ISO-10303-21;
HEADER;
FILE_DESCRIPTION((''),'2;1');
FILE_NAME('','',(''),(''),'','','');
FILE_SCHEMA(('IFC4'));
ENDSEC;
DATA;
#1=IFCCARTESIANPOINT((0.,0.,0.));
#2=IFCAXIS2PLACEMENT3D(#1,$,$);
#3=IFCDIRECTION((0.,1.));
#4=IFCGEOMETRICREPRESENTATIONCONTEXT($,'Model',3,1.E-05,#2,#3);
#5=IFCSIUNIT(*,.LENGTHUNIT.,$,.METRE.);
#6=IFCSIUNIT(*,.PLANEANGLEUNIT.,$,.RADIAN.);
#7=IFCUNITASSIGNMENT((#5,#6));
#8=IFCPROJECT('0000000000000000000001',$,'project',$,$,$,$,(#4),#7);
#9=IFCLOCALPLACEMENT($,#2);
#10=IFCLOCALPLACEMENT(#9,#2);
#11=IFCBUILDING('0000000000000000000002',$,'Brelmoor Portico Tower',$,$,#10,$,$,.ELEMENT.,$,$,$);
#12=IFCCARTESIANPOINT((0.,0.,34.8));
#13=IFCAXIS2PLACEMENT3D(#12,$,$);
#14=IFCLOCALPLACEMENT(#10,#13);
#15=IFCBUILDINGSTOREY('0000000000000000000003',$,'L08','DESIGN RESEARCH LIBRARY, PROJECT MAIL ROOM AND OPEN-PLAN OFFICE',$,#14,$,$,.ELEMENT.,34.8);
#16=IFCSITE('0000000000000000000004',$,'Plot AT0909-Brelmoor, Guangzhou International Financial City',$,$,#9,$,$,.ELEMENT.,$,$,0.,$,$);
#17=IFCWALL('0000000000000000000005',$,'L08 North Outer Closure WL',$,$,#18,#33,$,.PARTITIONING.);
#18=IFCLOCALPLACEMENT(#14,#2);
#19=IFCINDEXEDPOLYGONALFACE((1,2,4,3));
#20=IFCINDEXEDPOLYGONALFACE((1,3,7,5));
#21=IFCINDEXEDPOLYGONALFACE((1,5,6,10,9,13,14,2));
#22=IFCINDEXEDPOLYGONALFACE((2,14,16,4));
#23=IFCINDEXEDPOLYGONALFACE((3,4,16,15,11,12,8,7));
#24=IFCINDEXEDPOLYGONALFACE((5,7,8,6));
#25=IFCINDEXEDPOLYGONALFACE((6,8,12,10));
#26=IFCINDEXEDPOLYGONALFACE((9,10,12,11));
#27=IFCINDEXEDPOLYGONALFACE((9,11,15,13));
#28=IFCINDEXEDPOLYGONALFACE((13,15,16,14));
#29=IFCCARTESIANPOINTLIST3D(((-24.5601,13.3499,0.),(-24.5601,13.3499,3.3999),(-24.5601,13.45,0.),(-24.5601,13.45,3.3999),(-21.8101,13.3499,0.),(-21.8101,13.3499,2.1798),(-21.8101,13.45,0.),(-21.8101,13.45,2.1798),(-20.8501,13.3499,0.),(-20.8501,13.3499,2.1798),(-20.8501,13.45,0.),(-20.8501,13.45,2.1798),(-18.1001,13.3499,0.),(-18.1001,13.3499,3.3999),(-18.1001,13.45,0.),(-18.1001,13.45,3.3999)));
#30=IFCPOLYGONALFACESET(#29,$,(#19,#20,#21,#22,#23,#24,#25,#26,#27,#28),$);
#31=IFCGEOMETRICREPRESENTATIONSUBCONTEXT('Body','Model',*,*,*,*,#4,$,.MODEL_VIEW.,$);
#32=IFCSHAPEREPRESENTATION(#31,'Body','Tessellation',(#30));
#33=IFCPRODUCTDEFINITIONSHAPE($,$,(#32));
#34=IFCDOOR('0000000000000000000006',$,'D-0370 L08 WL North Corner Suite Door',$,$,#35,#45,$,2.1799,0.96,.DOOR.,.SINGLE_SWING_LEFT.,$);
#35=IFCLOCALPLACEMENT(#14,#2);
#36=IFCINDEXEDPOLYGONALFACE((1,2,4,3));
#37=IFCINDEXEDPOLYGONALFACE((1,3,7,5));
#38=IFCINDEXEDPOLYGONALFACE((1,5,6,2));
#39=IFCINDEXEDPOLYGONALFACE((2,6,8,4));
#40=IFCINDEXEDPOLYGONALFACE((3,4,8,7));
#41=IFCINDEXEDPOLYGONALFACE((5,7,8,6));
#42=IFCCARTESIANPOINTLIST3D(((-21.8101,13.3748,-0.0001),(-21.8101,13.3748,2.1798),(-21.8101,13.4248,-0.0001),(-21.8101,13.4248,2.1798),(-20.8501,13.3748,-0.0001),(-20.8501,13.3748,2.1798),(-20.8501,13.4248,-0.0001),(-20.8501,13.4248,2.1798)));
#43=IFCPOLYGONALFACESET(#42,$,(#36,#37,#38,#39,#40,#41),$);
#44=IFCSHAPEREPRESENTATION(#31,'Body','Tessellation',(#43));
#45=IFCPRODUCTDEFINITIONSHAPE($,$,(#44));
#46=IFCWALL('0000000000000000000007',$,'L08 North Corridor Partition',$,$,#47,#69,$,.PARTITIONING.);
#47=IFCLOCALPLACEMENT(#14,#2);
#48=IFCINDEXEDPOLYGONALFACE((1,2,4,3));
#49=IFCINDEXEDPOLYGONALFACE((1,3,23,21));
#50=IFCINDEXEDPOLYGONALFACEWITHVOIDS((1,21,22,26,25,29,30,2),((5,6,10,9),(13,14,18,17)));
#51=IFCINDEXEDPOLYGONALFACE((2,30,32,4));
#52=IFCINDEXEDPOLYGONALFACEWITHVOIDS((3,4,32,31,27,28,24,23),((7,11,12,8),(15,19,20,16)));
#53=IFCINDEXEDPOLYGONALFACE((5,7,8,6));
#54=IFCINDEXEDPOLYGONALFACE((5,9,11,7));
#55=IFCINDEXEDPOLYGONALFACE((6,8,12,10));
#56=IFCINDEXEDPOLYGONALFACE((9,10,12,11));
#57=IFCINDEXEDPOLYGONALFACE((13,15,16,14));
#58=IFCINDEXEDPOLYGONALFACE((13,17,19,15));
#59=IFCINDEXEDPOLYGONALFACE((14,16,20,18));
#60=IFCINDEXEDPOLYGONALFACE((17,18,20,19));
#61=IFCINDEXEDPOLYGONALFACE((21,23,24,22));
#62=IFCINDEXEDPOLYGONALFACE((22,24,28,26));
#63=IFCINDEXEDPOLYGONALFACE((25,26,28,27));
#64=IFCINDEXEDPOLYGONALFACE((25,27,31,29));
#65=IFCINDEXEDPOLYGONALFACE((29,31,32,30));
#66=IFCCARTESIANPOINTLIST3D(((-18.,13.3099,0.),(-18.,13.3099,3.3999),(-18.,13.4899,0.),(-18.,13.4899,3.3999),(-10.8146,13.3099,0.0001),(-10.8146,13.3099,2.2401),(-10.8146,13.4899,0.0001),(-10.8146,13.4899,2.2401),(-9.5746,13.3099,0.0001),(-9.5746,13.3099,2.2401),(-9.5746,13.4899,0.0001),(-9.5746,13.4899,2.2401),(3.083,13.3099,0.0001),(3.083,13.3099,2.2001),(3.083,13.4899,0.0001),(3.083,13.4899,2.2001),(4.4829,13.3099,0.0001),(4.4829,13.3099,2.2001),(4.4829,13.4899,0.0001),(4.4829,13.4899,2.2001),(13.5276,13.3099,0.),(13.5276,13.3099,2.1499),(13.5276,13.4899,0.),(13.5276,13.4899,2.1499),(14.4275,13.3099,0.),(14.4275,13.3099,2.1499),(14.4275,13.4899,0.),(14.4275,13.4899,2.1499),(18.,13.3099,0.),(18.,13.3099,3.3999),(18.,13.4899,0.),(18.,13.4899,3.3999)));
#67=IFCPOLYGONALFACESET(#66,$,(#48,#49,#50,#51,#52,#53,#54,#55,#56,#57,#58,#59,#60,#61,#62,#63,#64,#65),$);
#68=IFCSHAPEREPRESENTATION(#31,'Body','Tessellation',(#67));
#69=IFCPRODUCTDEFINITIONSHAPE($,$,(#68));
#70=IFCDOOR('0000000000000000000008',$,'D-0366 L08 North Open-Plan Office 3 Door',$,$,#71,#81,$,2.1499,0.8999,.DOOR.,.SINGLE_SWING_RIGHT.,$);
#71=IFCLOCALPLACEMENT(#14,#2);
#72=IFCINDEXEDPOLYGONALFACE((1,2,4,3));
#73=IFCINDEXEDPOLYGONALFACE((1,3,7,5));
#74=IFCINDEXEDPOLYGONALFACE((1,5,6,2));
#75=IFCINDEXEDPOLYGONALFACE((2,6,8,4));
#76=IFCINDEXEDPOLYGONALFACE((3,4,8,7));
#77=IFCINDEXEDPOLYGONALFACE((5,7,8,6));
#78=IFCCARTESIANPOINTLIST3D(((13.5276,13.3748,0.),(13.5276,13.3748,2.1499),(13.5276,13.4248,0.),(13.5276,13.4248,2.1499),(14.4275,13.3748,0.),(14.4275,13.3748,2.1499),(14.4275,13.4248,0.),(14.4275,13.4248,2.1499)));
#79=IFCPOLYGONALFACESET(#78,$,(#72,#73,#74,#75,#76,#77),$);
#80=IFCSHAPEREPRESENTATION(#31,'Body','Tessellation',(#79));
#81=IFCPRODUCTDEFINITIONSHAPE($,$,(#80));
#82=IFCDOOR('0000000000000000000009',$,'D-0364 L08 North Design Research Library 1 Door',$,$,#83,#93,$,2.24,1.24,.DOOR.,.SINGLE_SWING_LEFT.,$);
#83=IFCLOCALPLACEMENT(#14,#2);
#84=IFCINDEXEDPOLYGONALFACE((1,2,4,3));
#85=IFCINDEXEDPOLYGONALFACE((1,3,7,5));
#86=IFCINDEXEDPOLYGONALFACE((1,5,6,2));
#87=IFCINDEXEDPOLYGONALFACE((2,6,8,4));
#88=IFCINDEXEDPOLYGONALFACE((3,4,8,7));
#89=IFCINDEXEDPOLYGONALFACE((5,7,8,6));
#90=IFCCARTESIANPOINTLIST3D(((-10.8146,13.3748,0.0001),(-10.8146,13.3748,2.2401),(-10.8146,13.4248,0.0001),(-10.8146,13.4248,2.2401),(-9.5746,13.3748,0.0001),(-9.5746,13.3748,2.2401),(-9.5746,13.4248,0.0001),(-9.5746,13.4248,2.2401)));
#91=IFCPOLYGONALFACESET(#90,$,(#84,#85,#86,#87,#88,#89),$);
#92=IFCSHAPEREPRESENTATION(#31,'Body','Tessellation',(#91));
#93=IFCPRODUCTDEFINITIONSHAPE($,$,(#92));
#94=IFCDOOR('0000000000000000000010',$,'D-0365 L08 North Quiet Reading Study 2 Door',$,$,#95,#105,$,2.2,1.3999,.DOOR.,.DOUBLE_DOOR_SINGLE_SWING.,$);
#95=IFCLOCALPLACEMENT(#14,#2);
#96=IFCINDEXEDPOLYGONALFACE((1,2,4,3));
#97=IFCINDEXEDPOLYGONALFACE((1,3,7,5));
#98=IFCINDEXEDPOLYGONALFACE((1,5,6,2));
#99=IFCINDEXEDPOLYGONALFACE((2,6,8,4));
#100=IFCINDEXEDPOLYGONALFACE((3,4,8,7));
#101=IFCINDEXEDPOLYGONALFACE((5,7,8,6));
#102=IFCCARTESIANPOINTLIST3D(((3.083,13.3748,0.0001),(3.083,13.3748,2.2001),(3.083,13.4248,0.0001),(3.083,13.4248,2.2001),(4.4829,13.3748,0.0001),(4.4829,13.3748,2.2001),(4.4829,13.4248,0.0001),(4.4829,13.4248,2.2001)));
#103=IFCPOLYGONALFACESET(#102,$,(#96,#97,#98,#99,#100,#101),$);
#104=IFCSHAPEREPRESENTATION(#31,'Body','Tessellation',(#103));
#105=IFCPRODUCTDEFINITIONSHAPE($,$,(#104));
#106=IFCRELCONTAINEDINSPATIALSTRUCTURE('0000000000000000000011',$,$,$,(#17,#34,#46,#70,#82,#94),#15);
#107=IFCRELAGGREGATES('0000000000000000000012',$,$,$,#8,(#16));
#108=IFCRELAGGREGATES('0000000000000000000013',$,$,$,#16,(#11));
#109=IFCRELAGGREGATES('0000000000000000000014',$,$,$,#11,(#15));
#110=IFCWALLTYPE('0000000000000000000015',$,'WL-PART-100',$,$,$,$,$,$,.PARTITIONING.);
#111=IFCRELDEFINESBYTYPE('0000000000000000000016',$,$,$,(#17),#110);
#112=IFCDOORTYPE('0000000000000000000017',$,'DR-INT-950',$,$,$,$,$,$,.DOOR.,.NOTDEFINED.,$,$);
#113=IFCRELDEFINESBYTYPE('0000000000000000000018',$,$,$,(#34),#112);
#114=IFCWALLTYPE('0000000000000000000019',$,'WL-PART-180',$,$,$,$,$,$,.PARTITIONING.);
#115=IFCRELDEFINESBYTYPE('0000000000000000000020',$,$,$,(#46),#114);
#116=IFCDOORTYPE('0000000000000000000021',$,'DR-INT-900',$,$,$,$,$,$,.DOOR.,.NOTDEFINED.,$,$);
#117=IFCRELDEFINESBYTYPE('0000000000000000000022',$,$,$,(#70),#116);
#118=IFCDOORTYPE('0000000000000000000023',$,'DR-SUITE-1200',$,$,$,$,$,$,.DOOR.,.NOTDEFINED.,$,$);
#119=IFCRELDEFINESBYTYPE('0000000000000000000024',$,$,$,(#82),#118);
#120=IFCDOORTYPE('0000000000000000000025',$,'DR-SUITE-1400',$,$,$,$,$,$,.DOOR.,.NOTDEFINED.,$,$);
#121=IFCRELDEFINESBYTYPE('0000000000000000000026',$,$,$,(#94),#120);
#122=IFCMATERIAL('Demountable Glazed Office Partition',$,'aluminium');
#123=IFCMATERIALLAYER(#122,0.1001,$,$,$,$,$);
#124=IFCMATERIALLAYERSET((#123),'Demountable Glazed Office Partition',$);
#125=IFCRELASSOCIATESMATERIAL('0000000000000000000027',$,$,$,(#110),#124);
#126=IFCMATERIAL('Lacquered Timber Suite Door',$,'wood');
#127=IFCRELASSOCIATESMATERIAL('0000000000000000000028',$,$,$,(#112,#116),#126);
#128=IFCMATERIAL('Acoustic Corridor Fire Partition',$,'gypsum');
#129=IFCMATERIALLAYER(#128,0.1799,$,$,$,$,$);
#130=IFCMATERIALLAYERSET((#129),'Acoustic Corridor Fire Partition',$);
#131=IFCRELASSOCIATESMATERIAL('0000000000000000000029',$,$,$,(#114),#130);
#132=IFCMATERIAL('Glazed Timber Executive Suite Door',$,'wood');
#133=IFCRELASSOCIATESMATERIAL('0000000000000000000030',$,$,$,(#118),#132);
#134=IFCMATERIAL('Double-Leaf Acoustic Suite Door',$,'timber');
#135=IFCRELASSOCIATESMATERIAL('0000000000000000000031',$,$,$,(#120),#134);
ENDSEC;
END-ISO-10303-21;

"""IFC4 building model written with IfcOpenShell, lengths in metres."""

from ifc_helpers import new_model, si_unit, direction, frame, frame_2d, origin, place, context, subcontext, project, spatial, rectangle, extrude, material, layer, layer_set, type_object, element, fill, save


model = new_model("IFC4")

# Units and contexts
model_context = context("Model", 3, precision=1e-05, world=origin(), true_north=direction((0.0, 1.0)))
body_context = subcontext(model_context, "Body", "Model", "MODEL_VIEW")
ifc_project = project(units=[si_unit("LENGTHUNIT", "METRE"), si_unit("PLANEANGLEUNIT", "RADIAN")], contexts=[model_context])

# Site, building, storey
site_placement = place(None, origin())
site = spatial("IfcSite", under=ifc_project, at=site_placement, Name="Plot AT0909-Brelmoor, Guangzhou International Financial City", CompositionType="ELEMENT", RefElevation=0.0)
building_placement = place(site_placement, origin())
building = spatial("IfcBuilding", under=site, at=building_placement, Name="Brelmoor Portico Tower", CompositionType="ELEMENT")
storey_placement = place(building_placement, frame((0.0, 0.0, 34.8)))
storey = spatial("IfcBuildingStorey", under=building, at=storey_placement, Name="L08", Description="DESIGN RESEARCH LIBRARY, PROJECT MAIL ROOM AND OPEN-PLAN OFFICE", CompositionType="ELEMENT", Elevation=34.8)

# Wall, opening, door
ifc_material_1 = material(Name="Demountable Glazed Office Partition", Category="aluminium")
ifc_layer_1 = layer(ifc_material_1, 0.1001)
ifc_layer_set_1 = layer_set([ifc_layer_1], Name="Demountable Glazed Office Partition")
wall_type_1 = type_object("IfcWallType", Name="WL-PART-100", PredefinedType="PARTITIONING", material=ifc_layer_set_1)
wall_1_placement = place(storey_placement, frame((-24.5601, 13.3999, 0.0), z_axis=(0.0, 0.0, 1.0), x_axis=(1.0, 0.0, 0.0)))
wall_1 = element("IfcWall", 1, at=wall_1_placement, inside=storey, type_object=wall_type_1, Name="L08 North Outer Closure WL", PredefinedType="PARTITIONING", context=body_context, shape_type="SweptSolid", body=[
    extrude(rectangle(XDim=6.46, YDim=0.1001, at=frame_2d((3.23, 0.0))), origin(), (0.0, 0.0, 1.0), 3.3999),
])
opening_1_placement = place(wall_1_placement, frame((2.75, 0.0, 0.0)))
opening_1 = element("IfcOpeningElement", 2, at=opening_1_placement, cuts=wall_1, PredefinedType="OPENING", context=body_context, shape_type="SweptSolid", body=[
    extrude(rectangle(XDim=0.96, YDim=2.1799, at=frame_2d((0.48, 1.0898))), frame((0.0, 0.0601, 0.0), z_axis=(0.0, -1.0, 0.0), x_axis=(1.0, 0.0, 0.0)), (0.0, 0.0, 1.0), 0.1201),
])
ifc_material_2 = material(Name="Lacquered Timber Suite Door", Category="wood")
door_type_1 = type_object("IfcDoorType", Name="DR-INT-950", OperationType="NOTDEFINED", PredefinedType="DOOR", material=ifc_material_2)
door_1_placement = place(opening_1_placement, origin())
door_1 = element("IfcDoor", 3, at=door_1_placement, inside=storey, type_object=door_type_1, Name="D-0370 L08 WL North Corner Suite Door", OperationType="SINGLE_SWING_LEFT", OverallHeight=2.1799, OverallWidth=0.96, PredefinedType="DOOR", context=body_context, shape_type="SweptSolid", body=[
    extrude(rectangle(XDim=0.96, YDim=2.1799, at=frame_2d((0.48, 1.0898))), frame((0.0, 0.0249, 0.0), z_axis=(0.0, -1.0, 0.0), x_axis=(1.0, 0.0, 0.0)), (0.0, 0.0, 1.0), 0.05),
])
fill(opening_1, door_1)

# Wall, openings, doors
ifc_material_3 = material(Name="Acoustic Corridor Fire Partition", Category="gypsum")
ifc_layer_2 = layer(ifc_material_3, 0.1799)
ifc_layer_set_2 = layer_set([ifc_layer_2], Name="Acoustic Corridor Fire Partition")
wall_type_2 = type_object("IfcWallType", Name="WL-PART-180", PredefinedType="PARTITIONING", material=ifc_layer_set_2)
wall_2_placement = place(storey_placement, frame((-18.0, 13.3999, 0.0), z_axis=(0.0, 0.0, 1.0), x_axis=(1.0, 0.0, 0.0)))
wall_2 = element("IfcWall", 4, at=wall_2_placement, inside=storey, type_object=wall_type_2, Name="L08 North Corridor Partition", PredefinedType="PARTITIONING", context=body_context, shape_type="SweptSolid", body=[
    extrude(rectangle(XDim=36.0, YDim=0.1799, at=frame_2d((18.0, 0.0))), origin(), (0.0, 0.0, 1.0), 3.3999),
])
opening_2_placement = place(wall_2_placement, frame((7.1853, 0.0, 0.0)))
opening_2 = element("IfcOpeningElement", 5, at=opening_2_placement, cuts=wall_2, PredefinedType="OPENING", context=body_context, shape_type="SweptSolid", body=[
    extrude(rectangle(XDim=1.24, YDim=2.24, at=frame_2d((0.6201, 1.1201))), frame((0.0, 0.0999, 0.0), z_axis=(0.0, -1.0, 0.0), x_axis=(1.0, 0.0, 0.0)), (0.0, 0.0, 1.0), 0.2),
])
opening_3_placement = place(wall_2_placement, frame((21.083, 0.0, 0.0)))
opening_3 = element("IfcOpeningElement", 6, at=opening_3_placement, cuts=wall_2, PredefinedType="OPENING", context=body_context, shape_type="SweptSolid", body=[
    extrude(rectangle(XDim=1.3999, YDim=2.2, at=frame_2d((0.7, 1.1001))), frame((0.0, 0.0999, 0.0), z_axis=(0.0, -1.0, 0.0), x_axis=(1.0, 0.0, 0.0)), (0.0, 0.0, 1.0), 0.2),
])
opening_4_placement = place(wall_2_placement, frame((31.5276, 0.0, 0.0)))
opening_4 = element("IfcOpeningElement", 7, at=opening_4_placement, cuts=wall_2, PredefinedType="OPENING", context=body_context, shape_type="SweptSolid", body=[
    extrude(rectangle(XDim=0.8999, YDim=2.1499, at=frame_2d((0.45, 1.075))), frame((0.0, 0.0999, 0.0), z_axis=(0.0, -1.0, 0.0), x_axis=(1.0, 0.0, 0.0)), (0.0, 0.0, 1.0), 0.2),
])
door_type_2 = type_object("IfcDoorType", Name="DR-INT-900", OperationType="NOTDEFINED", PredefinedType="DOOR", material=ifc_material_2)
door_2_placement = place(opening_4_placement, origin())
door_2 = element("IfcDoor", 8, at=door_2_placement, inside=storey, type_object=door_type_2, Name="D-0366 L08 North Open-Plan Office 3 Door", OperationType="SINGLE_SWING_RIGHT", OverallHeight=2.1499, OverallWidth=0.8999, PredefinedType="DOOR", context=body_context, shape_type="SweptSolid", body=[
    extrude(rectangle(XDim=0.8999, YDim=2.1499, at=frame_2d((0.45, 1.075))), frame((0.0, 0.0249, 0.0), z_axis=(0.0, -1.0, 0.0), x_axis=(1.0, 0.0, 0.0)), (0.0, 0.0, 1.0), 0.05),
])
fill(opening_4, door_2)
ifc_material_4 = material(Name="Glazed Timber Executive Suite Door", Category="wood")
door_type_3 = type_object("IfcDoorType", Name="DR-SUITE-1200", OperationType="NOTDEFINED", PredefinedType="DOOR", material=ifc_material_4)
door_3_placement = place(opening_2_placement, origin())
door_3 = element("IfcDoor", 9, at=door_3_placement, inside=storey, type_object=door_type_3, Name="D-0364 L08 North Design Research Library 1 Door", OperationType="SINGLE_SWING_LEFT", OverallHeight=2.24, OverallWidth=1.24, PredefinedType="DOOR", context=body_context, shape_type="SweptSolid", body=[
    extrude(rectangle(XDim=1.24, YDim=2.24, at=frame_2d((0.6201, 1.1201))), frame((0.0, 0.0249, 0.0), z_axis=(0.0, -1.0, 0.0), x_axis=(1.0, 0.0, 0.0)), (0.0, 0.0, 1.0), 0.05),
])
fill(opening_2, door_3)
ifc_material_5 = material(Name="Double-Leaf Acoustic Suite Door", Category="timber")
door_type_4 = type_object("IfcDoorType", Name="DR-SUITE-1400", OperationType="NOTDEFINED", PredefinedType="DOOR", material=ifc_material_5)
door_4_placement = place(opening_3_placement, origin())
door_4 = element("IfcDoor", 10, at=door_4_placement, inside=storey, type_object=door_type_4, Name="D-0365 L08 North Quiet Reading Study 2 Door", OperationType="DOUBLE_DOOR_SINGLE_SWING", OverallHeight=2.2, OverallWidth=1.3999, PredefinedType="DOOR", context=body_context, shape_type="SweptSolid", body=[
    extrude(rectangle(XDim=1.3999, YDim=2.2, at=frame_2d((0.7, 1.1001))), frame((0.0, 0.0249, 0.0), z_axis=(0.0, -1.0, 0.0), x_axis=(1.0, 0.0, 0.0)), (0.0, 0.0, 1.0), 0.05),
])
fill(opening_3, door_4)

save(model, "model.ifc")
